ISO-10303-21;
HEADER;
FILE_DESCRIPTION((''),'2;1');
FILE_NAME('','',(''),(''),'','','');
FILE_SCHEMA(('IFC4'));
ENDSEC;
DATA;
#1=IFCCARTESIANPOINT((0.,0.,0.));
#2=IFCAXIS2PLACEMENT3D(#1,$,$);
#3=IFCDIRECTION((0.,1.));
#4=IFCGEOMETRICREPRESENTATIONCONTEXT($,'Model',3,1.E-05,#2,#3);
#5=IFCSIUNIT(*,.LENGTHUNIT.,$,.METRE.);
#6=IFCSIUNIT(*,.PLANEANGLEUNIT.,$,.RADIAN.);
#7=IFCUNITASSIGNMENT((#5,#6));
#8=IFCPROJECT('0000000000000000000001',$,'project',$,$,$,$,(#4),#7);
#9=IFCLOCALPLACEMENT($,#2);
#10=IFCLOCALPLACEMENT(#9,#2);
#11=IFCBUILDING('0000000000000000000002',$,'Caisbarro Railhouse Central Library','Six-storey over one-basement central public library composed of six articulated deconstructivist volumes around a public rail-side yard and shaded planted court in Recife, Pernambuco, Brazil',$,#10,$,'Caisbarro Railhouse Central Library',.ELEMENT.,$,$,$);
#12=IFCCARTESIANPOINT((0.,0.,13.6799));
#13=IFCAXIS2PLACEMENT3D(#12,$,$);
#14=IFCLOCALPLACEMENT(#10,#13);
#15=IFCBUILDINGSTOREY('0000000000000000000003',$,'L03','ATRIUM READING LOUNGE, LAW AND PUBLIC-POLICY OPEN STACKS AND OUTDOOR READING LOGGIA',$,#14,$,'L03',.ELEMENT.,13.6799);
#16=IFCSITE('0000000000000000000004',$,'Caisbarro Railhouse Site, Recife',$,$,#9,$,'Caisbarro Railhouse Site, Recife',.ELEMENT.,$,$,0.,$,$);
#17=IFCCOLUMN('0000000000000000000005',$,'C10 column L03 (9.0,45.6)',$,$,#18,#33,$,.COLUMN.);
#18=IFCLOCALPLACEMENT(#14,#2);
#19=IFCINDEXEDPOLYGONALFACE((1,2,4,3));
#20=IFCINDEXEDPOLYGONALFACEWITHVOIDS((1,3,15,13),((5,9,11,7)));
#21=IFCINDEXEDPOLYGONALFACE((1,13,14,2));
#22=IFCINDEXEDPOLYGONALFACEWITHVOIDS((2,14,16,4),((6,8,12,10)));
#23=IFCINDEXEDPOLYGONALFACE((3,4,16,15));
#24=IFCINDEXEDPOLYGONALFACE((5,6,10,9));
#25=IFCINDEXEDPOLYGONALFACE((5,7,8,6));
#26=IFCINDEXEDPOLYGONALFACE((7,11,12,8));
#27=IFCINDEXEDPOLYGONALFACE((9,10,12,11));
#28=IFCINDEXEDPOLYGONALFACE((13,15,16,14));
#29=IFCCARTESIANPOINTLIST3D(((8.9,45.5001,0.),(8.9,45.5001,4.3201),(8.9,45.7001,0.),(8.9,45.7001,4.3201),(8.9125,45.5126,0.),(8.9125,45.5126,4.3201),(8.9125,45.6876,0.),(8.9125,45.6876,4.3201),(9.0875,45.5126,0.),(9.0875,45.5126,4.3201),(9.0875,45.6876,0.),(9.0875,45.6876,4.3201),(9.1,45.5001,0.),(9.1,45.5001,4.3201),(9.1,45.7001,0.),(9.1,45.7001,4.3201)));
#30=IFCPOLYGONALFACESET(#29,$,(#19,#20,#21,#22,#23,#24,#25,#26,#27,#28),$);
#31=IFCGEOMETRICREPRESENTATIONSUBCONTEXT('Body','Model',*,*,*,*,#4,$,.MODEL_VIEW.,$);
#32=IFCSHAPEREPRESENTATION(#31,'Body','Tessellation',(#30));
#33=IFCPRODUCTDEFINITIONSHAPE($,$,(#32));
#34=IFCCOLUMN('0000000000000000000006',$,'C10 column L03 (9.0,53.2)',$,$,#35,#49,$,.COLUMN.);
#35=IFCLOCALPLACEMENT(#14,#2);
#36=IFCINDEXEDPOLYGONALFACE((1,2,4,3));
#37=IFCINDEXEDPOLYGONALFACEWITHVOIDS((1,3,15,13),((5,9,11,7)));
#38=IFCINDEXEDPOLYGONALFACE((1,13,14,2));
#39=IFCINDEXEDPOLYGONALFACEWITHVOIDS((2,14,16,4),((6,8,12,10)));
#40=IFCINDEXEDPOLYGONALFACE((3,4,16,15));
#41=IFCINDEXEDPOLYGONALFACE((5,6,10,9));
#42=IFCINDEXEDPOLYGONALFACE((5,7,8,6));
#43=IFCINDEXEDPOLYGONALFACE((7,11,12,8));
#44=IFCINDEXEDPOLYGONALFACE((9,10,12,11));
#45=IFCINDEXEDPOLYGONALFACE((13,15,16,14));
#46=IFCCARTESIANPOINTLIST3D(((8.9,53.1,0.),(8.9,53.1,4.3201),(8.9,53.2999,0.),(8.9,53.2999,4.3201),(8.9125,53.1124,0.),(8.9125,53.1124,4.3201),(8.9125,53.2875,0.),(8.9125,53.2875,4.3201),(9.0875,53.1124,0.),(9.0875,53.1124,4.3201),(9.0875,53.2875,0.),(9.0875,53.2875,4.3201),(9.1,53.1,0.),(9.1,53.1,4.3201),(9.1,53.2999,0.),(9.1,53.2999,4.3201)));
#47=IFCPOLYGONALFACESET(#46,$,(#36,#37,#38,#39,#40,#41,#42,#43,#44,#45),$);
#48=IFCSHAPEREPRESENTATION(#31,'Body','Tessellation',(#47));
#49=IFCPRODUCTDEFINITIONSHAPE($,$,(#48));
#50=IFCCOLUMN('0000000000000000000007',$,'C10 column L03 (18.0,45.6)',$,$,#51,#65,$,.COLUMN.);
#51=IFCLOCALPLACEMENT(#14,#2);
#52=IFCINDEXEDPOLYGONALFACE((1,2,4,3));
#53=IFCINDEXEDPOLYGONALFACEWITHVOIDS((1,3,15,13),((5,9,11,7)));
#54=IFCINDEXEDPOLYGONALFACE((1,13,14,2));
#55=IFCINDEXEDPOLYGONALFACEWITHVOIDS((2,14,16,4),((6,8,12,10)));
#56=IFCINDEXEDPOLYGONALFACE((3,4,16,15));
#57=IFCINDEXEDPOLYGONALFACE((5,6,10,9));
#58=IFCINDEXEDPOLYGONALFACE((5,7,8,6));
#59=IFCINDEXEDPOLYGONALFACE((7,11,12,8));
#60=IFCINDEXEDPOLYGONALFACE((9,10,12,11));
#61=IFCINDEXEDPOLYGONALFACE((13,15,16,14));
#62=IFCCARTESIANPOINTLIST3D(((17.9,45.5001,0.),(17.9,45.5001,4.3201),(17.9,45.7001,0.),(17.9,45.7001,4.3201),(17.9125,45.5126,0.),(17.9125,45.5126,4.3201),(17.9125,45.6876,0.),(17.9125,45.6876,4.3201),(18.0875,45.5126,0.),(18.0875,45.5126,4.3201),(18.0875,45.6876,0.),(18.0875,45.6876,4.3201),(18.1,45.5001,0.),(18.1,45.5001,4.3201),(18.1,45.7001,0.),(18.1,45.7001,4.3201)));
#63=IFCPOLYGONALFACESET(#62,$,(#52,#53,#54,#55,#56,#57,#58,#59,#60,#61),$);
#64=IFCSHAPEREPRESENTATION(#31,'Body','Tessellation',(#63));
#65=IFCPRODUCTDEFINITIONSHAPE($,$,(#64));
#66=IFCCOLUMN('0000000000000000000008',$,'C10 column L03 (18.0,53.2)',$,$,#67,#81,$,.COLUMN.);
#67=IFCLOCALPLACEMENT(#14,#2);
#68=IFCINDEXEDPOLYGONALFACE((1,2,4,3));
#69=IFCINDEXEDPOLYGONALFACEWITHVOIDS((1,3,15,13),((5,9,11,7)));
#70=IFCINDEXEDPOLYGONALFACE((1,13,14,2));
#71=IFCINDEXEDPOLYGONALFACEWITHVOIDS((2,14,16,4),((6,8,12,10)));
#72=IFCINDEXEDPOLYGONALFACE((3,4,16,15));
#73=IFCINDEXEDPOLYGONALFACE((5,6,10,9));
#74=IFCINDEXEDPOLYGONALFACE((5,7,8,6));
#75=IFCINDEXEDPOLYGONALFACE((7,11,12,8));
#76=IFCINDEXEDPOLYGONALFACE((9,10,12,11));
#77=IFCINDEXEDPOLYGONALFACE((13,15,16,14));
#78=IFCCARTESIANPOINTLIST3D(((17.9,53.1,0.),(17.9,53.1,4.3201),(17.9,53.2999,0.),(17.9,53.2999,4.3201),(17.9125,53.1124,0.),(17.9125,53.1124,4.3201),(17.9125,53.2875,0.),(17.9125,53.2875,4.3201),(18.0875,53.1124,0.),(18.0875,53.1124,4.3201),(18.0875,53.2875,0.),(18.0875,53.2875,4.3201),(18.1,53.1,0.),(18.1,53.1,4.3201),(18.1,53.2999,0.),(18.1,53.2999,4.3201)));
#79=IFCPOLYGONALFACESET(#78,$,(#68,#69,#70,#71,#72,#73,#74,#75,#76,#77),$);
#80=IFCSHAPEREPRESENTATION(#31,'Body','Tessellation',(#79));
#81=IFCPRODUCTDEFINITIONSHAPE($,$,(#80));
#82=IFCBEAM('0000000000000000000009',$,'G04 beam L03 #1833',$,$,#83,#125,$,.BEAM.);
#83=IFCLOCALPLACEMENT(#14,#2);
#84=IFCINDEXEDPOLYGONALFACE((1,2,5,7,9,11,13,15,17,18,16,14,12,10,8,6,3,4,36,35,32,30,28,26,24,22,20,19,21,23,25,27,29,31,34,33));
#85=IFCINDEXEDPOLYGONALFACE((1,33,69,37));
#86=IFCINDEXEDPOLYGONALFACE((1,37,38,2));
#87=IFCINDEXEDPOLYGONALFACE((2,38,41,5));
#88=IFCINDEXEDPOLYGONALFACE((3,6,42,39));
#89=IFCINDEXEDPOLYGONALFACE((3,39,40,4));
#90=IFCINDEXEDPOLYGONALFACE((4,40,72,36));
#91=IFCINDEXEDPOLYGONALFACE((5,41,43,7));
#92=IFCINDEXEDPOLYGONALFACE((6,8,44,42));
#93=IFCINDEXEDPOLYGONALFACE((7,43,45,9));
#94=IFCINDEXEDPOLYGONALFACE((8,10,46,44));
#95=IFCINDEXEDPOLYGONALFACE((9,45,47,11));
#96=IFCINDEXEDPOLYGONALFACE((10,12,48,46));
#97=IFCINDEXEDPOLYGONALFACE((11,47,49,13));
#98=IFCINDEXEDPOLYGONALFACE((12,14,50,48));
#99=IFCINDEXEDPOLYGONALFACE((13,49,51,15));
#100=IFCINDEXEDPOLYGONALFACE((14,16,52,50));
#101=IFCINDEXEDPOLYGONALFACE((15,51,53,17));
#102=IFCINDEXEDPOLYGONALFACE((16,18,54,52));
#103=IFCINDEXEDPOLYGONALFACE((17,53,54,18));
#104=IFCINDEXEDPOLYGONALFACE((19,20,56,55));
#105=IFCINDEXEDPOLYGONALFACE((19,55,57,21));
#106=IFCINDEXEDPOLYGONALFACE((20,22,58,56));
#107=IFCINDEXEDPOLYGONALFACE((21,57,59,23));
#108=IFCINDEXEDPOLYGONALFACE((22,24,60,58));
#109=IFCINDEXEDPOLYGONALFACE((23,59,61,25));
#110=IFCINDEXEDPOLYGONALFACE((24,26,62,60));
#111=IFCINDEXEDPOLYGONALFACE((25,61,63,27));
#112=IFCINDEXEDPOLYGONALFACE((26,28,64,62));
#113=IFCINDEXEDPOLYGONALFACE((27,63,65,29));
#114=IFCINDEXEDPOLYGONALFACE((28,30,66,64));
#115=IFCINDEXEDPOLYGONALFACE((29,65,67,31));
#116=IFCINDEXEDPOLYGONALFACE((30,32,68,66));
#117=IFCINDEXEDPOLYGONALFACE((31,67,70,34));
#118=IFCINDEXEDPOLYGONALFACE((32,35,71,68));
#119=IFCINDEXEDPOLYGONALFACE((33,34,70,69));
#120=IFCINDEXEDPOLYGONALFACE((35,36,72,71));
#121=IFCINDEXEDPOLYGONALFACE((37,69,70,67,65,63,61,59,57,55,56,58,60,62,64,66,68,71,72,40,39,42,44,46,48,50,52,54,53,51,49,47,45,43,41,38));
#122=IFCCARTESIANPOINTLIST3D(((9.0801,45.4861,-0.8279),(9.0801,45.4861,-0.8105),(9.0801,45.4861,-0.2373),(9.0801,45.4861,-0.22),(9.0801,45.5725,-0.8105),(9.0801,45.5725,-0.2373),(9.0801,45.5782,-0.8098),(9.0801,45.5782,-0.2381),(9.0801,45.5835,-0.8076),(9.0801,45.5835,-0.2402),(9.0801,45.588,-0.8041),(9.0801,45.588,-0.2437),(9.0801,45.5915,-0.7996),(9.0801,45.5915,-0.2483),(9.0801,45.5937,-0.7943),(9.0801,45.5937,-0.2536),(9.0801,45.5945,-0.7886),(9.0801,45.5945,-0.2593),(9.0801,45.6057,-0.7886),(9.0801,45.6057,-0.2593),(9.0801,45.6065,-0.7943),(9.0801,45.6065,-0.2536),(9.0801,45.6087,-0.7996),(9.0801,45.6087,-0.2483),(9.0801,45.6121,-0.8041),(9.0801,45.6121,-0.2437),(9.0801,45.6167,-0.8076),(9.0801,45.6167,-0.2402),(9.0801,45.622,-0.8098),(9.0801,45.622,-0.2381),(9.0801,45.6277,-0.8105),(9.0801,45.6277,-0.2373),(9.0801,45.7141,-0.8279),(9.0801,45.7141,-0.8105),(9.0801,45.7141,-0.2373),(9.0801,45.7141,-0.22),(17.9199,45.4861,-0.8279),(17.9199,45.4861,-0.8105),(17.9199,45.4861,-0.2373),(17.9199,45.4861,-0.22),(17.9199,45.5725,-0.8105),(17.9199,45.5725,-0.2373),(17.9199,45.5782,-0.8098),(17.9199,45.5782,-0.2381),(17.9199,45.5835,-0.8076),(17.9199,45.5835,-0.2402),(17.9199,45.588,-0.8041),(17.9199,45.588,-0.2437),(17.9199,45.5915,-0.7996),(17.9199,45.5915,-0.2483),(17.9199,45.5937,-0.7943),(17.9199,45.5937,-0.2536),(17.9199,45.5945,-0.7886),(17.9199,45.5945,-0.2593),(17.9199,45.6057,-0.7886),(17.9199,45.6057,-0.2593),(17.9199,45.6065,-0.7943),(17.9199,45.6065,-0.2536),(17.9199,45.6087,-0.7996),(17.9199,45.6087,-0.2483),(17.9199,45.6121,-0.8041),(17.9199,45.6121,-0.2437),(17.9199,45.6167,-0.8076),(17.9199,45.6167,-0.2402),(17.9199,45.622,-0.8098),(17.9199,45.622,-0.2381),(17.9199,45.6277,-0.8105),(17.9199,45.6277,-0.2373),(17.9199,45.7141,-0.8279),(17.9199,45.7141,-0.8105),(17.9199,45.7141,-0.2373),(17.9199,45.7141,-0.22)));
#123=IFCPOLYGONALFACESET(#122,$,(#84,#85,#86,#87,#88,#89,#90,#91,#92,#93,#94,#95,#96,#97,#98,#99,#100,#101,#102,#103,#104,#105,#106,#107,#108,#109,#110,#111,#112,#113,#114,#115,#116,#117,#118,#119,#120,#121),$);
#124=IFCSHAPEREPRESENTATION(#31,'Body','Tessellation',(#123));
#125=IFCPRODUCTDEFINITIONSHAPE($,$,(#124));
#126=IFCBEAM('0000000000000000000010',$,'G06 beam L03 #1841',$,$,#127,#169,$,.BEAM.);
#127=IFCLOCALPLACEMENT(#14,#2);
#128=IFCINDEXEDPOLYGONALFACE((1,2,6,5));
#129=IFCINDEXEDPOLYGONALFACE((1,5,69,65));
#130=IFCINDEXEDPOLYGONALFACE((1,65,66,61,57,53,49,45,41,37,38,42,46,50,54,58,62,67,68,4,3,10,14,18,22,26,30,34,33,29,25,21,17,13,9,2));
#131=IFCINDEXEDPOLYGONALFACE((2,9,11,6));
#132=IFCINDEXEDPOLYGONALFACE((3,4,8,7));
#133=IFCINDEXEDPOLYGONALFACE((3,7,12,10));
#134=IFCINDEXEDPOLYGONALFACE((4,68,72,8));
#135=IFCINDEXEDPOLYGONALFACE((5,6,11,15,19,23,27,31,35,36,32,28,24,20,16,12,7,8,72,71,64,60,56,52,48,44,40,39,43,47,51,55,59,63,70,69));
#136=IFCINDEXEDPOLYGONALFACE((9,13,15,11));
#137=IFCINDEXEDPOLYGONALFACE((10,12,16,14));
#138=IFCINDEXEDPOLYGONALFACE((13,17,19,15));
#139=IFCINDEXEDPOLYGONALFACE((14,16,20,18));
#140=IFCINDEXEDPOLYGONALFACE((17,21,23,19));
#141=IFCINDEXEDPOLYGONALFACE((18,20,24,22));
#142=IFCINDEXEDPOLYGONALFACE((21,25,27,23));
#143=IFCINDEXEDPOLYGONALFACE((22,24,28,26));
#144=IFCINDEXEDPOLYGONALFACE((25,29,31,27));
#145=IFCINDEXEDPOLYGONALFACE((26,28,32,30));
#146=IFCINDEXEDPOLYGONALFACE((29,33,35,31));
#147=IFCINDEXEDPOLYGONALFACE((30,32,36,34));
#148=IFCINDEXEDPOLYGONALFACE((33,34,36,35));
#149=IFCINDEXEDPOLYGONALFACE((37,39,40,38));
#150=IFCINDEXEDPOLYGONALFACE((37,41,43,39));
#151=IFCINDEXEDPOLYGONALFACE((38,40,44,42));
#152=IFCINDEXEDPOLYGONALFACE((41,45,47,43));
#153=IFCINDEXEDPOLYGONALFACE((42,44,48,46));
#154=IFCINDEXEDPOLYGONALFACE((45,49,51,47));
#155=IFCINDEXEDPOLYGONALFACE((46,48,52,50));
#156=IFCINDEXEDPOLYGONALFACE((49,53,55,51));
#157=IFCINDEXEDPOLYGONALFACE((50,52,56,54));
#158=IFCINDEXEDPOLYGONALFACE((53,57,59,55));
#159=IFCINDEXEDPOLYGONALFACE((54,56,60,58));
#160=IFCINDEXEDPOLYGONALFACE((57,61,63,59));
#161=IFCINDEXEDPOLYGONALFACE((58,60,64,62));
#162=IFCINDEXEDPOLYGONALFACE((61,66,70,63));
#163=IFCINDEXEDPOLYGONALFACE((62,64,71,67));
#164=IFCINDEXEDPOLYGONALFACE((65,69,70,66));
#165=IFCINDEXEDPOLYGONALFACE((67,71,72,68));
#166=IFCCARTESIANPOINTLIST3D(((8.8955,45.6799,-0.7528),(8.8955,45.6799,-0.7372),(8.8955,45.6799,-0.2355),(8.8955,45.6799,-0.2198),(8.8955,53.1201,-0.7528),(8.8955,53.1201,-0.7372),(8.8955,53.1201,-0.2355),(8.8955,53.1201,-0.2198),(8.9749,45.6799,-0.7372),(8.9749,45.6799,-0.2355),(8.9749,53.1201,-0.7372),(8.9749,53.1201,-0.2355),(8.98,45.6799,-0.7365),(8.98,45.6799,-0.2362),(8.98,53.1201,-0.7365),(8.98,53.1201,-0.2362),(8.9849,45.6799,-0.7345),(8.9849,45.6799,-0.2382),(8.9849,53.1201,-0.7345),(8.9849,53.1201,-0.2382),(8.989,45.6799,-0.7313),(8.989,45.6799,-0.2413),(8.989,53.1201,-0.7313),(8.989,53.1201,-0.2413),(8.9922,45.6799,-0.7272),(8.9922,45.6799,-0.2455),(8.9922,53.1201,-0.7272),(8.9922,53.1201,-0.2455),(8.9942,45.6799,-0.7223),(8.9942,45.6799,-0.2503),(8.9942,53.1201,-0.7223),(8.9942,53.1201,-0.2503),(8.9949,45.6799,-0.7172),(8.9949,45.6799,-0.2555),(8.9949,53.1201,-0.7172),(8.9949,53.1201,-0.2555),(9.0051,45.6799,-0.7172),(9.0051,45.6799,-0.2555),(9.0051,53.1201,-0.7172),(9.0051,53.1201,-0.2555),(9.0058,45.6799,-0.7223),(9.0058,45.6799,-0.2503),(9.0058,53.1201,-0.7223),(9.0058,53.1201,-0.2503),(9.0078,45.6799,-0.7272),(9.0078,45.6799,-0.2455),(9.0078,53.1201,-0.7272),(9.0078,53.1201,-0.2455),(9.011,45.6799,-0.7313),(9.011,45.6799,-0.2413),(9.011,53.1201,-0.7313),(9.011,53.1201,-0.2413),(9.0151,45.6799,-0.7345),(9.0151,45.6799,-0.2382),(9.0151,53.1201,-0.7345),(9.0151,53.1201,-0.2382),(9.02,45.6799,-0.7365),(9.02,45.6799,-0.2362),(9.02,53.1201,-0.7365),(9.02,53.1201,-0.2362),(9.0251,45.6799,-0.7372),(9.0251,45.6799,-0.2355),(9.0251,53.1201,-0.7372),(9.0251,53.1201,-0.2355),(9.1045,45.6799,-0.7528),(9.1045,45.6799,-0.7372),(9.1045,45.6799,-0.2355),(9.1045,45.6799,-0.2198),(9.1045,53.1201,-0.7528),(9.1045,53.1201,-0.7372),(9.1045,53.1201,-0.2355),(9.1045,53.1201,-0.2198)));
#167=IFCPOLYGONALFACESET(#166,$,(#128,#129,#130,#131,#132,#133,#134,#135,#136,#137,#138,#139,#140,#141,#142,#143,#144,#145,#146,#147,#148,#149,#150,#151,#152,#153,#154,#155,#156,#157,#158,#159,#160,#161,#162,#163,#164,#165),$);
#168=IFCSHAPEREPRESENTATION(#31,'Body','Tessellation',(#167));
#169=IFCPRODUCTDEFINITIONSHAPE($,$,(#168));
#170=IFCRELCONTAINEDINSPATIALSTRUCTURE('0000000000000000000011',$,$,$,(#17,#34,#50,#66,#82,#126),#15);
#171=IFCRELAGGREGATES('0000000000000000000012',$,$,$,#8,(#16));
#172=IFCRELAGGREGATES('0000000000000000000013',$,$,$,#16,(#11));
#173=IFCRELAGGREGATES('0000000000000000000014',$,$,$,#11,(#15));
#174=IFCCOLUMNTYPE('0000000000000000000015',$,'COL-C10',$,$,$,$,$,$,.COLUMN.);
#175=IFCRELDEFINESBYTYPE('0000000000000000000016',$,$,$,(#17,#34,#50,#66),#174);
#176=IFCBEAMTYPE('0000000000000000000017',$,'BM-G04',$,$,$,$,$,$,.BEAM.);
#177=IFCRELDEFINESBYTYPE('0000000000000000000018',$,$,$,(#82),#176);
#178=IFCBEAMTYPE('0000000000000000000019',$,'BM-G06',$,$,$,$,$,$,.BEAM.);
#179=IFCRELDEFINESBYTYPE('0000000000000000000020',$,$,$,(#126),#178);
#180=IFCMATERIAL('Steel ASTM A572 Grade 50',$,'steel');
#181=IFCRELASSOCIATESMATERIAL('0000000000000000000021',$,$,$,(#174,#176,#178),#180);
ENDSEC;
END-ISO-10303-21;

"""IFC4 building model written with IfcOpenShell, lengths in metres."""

from ifc_helpers import new_model, si_unit, direction, frame, origin, origin_2d, place, context, subcontext, project, spatial, hollow_rectangle, i_section, extrude, material, material_profile, profile_set, type_object, element, save


model = new_model("IFC4")

# Units and contexts
model_context = context("Model", 3, precision=1e-05, world=origin(), true_north=direction((0.0, 1.0)))
body_context = subcontext(model_context, "Body", "Model", "MODEL_VIEW")
ifc_project = project(units=[si_unit("LENGTHUNIT", "METRE"), si_unit("PLANEANGLEUNIT", "RADIAN")], contexts=[model_context])

# Site, building, storey
site_placement = place(None, origin())
site = spatial("IfcSite", under=ifc_project, at=site_placement, Name="Caisbarro Railhouse Site, Recife", LongName="Caisbarro Railhouse Site, Recife", CompositionType="ELEMENT", RefElevation=0.0)
building_placement = place(site_placement, origin())
building = spatial("IfcBuilding", under=site, at=building_placement, Name="Caisbarro Railhouse Central Library", Description="Six-storey over one-basement central public library composed of six articulated deconstructivist volumes around a public rail-side yard and shaded planted court in Recife, Pernambuco, Brazil", LongName="Caisbarro Railhouse Central Library", CompositionType="ELEMENT")
storey_placement = place(building_placement, frame((0.0, 0.0, 13.6799)))
storey = spatial("IfcBuildingStorey", under=building, at=storey_placement, Name="L03", Description="ATRIUM READING LOUNGE, LAW AND PUBLIC-POLICY OPEN STACKS AND OUTDOOR READING LOGGIA", LongName="L03", CompositionType="ELEMENT", Elevation=13.6799)

# Columns
ifc_material_1 = material(Name="Steel ASTM A572 Grade 50", Category="steel")
ifc_material_profile_1 = material_profile(ifc_material_1, hollow_rectangle(XDim=0.2, YDim=0.2, WallThickness=0.0125, at=origin_2d()), Name="HSS200X200X12.5")
ifc_profile_set_1 = profile_set([ifc_material_profile_1], Name="Steel ASTM A572 Grade 50")
column_type = type_object("IfcColumnType", Name="COL-C10", PredefinedType="COLUMN", material=ifc_profile_set_1)
for number, where, z_axis, x_axis, name in (
    (1, (9.0, 45.6001, 0.0), (0.0, 0.0, 1.0), (1.0, 0.0, 0.0), "C10 column L03 (9.0,45.6)"),
    (2, (9.0, 53.2, 0.0), (0.0, 0.0, 1.0), (1.0, 0.0, 0.0), "C10 column L03 (9.0,53.2)"),
    (3, (18.0, 45.6001, 0.0), (0.0, 0.0, 1.0), (1.0, 0.0, 0.0), "C10 column L03 (18.0,45.6)"),
    (4, (18.0, 53.2, 0.0), (0.0, 0.0, 1.0), (1.0, 0.0, 0.0), "C10 column L03 (18.0,53.2)"),
):
    element("IfcColumn", number, at=place(storey_placement, frame(where, z_axis=z_axis, x_axis=x_axis)), inside=storey, type_object=column_type, Name=name, PredefinedType="COLUMN", context=body_context, shape_type="SweptSolid", body=[
        extrude(hollow_rectangle(XDim=0.2, YDim=0.2, WallThickness=0.0125, at=origin_2d()), origin(), (0.0, 0.0, 1.0), 4.3201),
    ])

# Beams
ifc_material_profile_2 = material_profile(ifc_material_1, i_section(OverallWidth=0.228, OverallDepth=0.6079, WebThickness=0.0112, FlangeThickness=0.0173, FilletRadius=0.022, at=origin_2d()), Name="W610X113.0")
ifc_profile_set_2 = profile_set([ifc_material_profile_2], Name="Steel ASTM A572 Grade 50")
beam_type_1 = type_object("IfcBeamType", Name="BM-G04", PredefinedType="BEAM", material=ifc_profile_set_2)
beam_1_placement = place(storey_placement, frame((9.0801, 45.6001, -0.5239), z_axis=(1.0, 0.0, 0.0), x_axis=(0.0, 1.0, 0.0)))
element("IfcBeam", 5, at=beam_1_placement, inside=storey, type_object=beam_type_1, Name="G04 beam L03 #1833", PredefinedType="BEAM", context=body_context, shape_type="SweptSolid", body=[
    extrude(i_section(OverallWidth=0.228, OverallDepth=0.6079, WebThickness=0.0112, FlangeThickness=0.0173, FilletRadius=0.022, at=origin_2d()), origin(), (0.0, 0.0, 1.0), 8.8398),
])
ifc_material_profile_3 = material_profile(ifc_material_1, i_section(OverallWidth=0.209, OverallDepth=0.533, WebThickness=0.0103, FlangeThickness=0.0156, FilletRadius=0.02, at=origin_2d()), Name="W530X92.0")
ifc_profile_set_3 = profile_set([ifc_material_profile_3], Name="Steel ASTM A572 Grade 50")
beam_type_2 = type_object("IfcBeamType", Name="BM-G06", PredefinedType="BEAM", material=ifc_profile_set_3)
beam_2_placement = place(storey_placement, frame((9.0, 45.6799, -0.4863), z_axis=(0.0, 1.0, 0.0), x_axis=(-1.0, 0.0, 0.0)))
element("IfcBeam", 6, at=beam_2_placement, inside=storey, type_object=beam_type_2, Name="G06 beam L03 #1841", PredefinedType="BEAM", context=body_context, shape_type="SweptSolid", body=[
    extrude(i_section(OverallWidth=0.209, OverallDepth=0.533, WebThickness=0.0103, FlangeThickness=0.0156, FilletRadius=0.02, at=origin_2d()), origin(), (0.0, 0.0, 1.0), 7.4402),
])

save(model, "model.ifc")
